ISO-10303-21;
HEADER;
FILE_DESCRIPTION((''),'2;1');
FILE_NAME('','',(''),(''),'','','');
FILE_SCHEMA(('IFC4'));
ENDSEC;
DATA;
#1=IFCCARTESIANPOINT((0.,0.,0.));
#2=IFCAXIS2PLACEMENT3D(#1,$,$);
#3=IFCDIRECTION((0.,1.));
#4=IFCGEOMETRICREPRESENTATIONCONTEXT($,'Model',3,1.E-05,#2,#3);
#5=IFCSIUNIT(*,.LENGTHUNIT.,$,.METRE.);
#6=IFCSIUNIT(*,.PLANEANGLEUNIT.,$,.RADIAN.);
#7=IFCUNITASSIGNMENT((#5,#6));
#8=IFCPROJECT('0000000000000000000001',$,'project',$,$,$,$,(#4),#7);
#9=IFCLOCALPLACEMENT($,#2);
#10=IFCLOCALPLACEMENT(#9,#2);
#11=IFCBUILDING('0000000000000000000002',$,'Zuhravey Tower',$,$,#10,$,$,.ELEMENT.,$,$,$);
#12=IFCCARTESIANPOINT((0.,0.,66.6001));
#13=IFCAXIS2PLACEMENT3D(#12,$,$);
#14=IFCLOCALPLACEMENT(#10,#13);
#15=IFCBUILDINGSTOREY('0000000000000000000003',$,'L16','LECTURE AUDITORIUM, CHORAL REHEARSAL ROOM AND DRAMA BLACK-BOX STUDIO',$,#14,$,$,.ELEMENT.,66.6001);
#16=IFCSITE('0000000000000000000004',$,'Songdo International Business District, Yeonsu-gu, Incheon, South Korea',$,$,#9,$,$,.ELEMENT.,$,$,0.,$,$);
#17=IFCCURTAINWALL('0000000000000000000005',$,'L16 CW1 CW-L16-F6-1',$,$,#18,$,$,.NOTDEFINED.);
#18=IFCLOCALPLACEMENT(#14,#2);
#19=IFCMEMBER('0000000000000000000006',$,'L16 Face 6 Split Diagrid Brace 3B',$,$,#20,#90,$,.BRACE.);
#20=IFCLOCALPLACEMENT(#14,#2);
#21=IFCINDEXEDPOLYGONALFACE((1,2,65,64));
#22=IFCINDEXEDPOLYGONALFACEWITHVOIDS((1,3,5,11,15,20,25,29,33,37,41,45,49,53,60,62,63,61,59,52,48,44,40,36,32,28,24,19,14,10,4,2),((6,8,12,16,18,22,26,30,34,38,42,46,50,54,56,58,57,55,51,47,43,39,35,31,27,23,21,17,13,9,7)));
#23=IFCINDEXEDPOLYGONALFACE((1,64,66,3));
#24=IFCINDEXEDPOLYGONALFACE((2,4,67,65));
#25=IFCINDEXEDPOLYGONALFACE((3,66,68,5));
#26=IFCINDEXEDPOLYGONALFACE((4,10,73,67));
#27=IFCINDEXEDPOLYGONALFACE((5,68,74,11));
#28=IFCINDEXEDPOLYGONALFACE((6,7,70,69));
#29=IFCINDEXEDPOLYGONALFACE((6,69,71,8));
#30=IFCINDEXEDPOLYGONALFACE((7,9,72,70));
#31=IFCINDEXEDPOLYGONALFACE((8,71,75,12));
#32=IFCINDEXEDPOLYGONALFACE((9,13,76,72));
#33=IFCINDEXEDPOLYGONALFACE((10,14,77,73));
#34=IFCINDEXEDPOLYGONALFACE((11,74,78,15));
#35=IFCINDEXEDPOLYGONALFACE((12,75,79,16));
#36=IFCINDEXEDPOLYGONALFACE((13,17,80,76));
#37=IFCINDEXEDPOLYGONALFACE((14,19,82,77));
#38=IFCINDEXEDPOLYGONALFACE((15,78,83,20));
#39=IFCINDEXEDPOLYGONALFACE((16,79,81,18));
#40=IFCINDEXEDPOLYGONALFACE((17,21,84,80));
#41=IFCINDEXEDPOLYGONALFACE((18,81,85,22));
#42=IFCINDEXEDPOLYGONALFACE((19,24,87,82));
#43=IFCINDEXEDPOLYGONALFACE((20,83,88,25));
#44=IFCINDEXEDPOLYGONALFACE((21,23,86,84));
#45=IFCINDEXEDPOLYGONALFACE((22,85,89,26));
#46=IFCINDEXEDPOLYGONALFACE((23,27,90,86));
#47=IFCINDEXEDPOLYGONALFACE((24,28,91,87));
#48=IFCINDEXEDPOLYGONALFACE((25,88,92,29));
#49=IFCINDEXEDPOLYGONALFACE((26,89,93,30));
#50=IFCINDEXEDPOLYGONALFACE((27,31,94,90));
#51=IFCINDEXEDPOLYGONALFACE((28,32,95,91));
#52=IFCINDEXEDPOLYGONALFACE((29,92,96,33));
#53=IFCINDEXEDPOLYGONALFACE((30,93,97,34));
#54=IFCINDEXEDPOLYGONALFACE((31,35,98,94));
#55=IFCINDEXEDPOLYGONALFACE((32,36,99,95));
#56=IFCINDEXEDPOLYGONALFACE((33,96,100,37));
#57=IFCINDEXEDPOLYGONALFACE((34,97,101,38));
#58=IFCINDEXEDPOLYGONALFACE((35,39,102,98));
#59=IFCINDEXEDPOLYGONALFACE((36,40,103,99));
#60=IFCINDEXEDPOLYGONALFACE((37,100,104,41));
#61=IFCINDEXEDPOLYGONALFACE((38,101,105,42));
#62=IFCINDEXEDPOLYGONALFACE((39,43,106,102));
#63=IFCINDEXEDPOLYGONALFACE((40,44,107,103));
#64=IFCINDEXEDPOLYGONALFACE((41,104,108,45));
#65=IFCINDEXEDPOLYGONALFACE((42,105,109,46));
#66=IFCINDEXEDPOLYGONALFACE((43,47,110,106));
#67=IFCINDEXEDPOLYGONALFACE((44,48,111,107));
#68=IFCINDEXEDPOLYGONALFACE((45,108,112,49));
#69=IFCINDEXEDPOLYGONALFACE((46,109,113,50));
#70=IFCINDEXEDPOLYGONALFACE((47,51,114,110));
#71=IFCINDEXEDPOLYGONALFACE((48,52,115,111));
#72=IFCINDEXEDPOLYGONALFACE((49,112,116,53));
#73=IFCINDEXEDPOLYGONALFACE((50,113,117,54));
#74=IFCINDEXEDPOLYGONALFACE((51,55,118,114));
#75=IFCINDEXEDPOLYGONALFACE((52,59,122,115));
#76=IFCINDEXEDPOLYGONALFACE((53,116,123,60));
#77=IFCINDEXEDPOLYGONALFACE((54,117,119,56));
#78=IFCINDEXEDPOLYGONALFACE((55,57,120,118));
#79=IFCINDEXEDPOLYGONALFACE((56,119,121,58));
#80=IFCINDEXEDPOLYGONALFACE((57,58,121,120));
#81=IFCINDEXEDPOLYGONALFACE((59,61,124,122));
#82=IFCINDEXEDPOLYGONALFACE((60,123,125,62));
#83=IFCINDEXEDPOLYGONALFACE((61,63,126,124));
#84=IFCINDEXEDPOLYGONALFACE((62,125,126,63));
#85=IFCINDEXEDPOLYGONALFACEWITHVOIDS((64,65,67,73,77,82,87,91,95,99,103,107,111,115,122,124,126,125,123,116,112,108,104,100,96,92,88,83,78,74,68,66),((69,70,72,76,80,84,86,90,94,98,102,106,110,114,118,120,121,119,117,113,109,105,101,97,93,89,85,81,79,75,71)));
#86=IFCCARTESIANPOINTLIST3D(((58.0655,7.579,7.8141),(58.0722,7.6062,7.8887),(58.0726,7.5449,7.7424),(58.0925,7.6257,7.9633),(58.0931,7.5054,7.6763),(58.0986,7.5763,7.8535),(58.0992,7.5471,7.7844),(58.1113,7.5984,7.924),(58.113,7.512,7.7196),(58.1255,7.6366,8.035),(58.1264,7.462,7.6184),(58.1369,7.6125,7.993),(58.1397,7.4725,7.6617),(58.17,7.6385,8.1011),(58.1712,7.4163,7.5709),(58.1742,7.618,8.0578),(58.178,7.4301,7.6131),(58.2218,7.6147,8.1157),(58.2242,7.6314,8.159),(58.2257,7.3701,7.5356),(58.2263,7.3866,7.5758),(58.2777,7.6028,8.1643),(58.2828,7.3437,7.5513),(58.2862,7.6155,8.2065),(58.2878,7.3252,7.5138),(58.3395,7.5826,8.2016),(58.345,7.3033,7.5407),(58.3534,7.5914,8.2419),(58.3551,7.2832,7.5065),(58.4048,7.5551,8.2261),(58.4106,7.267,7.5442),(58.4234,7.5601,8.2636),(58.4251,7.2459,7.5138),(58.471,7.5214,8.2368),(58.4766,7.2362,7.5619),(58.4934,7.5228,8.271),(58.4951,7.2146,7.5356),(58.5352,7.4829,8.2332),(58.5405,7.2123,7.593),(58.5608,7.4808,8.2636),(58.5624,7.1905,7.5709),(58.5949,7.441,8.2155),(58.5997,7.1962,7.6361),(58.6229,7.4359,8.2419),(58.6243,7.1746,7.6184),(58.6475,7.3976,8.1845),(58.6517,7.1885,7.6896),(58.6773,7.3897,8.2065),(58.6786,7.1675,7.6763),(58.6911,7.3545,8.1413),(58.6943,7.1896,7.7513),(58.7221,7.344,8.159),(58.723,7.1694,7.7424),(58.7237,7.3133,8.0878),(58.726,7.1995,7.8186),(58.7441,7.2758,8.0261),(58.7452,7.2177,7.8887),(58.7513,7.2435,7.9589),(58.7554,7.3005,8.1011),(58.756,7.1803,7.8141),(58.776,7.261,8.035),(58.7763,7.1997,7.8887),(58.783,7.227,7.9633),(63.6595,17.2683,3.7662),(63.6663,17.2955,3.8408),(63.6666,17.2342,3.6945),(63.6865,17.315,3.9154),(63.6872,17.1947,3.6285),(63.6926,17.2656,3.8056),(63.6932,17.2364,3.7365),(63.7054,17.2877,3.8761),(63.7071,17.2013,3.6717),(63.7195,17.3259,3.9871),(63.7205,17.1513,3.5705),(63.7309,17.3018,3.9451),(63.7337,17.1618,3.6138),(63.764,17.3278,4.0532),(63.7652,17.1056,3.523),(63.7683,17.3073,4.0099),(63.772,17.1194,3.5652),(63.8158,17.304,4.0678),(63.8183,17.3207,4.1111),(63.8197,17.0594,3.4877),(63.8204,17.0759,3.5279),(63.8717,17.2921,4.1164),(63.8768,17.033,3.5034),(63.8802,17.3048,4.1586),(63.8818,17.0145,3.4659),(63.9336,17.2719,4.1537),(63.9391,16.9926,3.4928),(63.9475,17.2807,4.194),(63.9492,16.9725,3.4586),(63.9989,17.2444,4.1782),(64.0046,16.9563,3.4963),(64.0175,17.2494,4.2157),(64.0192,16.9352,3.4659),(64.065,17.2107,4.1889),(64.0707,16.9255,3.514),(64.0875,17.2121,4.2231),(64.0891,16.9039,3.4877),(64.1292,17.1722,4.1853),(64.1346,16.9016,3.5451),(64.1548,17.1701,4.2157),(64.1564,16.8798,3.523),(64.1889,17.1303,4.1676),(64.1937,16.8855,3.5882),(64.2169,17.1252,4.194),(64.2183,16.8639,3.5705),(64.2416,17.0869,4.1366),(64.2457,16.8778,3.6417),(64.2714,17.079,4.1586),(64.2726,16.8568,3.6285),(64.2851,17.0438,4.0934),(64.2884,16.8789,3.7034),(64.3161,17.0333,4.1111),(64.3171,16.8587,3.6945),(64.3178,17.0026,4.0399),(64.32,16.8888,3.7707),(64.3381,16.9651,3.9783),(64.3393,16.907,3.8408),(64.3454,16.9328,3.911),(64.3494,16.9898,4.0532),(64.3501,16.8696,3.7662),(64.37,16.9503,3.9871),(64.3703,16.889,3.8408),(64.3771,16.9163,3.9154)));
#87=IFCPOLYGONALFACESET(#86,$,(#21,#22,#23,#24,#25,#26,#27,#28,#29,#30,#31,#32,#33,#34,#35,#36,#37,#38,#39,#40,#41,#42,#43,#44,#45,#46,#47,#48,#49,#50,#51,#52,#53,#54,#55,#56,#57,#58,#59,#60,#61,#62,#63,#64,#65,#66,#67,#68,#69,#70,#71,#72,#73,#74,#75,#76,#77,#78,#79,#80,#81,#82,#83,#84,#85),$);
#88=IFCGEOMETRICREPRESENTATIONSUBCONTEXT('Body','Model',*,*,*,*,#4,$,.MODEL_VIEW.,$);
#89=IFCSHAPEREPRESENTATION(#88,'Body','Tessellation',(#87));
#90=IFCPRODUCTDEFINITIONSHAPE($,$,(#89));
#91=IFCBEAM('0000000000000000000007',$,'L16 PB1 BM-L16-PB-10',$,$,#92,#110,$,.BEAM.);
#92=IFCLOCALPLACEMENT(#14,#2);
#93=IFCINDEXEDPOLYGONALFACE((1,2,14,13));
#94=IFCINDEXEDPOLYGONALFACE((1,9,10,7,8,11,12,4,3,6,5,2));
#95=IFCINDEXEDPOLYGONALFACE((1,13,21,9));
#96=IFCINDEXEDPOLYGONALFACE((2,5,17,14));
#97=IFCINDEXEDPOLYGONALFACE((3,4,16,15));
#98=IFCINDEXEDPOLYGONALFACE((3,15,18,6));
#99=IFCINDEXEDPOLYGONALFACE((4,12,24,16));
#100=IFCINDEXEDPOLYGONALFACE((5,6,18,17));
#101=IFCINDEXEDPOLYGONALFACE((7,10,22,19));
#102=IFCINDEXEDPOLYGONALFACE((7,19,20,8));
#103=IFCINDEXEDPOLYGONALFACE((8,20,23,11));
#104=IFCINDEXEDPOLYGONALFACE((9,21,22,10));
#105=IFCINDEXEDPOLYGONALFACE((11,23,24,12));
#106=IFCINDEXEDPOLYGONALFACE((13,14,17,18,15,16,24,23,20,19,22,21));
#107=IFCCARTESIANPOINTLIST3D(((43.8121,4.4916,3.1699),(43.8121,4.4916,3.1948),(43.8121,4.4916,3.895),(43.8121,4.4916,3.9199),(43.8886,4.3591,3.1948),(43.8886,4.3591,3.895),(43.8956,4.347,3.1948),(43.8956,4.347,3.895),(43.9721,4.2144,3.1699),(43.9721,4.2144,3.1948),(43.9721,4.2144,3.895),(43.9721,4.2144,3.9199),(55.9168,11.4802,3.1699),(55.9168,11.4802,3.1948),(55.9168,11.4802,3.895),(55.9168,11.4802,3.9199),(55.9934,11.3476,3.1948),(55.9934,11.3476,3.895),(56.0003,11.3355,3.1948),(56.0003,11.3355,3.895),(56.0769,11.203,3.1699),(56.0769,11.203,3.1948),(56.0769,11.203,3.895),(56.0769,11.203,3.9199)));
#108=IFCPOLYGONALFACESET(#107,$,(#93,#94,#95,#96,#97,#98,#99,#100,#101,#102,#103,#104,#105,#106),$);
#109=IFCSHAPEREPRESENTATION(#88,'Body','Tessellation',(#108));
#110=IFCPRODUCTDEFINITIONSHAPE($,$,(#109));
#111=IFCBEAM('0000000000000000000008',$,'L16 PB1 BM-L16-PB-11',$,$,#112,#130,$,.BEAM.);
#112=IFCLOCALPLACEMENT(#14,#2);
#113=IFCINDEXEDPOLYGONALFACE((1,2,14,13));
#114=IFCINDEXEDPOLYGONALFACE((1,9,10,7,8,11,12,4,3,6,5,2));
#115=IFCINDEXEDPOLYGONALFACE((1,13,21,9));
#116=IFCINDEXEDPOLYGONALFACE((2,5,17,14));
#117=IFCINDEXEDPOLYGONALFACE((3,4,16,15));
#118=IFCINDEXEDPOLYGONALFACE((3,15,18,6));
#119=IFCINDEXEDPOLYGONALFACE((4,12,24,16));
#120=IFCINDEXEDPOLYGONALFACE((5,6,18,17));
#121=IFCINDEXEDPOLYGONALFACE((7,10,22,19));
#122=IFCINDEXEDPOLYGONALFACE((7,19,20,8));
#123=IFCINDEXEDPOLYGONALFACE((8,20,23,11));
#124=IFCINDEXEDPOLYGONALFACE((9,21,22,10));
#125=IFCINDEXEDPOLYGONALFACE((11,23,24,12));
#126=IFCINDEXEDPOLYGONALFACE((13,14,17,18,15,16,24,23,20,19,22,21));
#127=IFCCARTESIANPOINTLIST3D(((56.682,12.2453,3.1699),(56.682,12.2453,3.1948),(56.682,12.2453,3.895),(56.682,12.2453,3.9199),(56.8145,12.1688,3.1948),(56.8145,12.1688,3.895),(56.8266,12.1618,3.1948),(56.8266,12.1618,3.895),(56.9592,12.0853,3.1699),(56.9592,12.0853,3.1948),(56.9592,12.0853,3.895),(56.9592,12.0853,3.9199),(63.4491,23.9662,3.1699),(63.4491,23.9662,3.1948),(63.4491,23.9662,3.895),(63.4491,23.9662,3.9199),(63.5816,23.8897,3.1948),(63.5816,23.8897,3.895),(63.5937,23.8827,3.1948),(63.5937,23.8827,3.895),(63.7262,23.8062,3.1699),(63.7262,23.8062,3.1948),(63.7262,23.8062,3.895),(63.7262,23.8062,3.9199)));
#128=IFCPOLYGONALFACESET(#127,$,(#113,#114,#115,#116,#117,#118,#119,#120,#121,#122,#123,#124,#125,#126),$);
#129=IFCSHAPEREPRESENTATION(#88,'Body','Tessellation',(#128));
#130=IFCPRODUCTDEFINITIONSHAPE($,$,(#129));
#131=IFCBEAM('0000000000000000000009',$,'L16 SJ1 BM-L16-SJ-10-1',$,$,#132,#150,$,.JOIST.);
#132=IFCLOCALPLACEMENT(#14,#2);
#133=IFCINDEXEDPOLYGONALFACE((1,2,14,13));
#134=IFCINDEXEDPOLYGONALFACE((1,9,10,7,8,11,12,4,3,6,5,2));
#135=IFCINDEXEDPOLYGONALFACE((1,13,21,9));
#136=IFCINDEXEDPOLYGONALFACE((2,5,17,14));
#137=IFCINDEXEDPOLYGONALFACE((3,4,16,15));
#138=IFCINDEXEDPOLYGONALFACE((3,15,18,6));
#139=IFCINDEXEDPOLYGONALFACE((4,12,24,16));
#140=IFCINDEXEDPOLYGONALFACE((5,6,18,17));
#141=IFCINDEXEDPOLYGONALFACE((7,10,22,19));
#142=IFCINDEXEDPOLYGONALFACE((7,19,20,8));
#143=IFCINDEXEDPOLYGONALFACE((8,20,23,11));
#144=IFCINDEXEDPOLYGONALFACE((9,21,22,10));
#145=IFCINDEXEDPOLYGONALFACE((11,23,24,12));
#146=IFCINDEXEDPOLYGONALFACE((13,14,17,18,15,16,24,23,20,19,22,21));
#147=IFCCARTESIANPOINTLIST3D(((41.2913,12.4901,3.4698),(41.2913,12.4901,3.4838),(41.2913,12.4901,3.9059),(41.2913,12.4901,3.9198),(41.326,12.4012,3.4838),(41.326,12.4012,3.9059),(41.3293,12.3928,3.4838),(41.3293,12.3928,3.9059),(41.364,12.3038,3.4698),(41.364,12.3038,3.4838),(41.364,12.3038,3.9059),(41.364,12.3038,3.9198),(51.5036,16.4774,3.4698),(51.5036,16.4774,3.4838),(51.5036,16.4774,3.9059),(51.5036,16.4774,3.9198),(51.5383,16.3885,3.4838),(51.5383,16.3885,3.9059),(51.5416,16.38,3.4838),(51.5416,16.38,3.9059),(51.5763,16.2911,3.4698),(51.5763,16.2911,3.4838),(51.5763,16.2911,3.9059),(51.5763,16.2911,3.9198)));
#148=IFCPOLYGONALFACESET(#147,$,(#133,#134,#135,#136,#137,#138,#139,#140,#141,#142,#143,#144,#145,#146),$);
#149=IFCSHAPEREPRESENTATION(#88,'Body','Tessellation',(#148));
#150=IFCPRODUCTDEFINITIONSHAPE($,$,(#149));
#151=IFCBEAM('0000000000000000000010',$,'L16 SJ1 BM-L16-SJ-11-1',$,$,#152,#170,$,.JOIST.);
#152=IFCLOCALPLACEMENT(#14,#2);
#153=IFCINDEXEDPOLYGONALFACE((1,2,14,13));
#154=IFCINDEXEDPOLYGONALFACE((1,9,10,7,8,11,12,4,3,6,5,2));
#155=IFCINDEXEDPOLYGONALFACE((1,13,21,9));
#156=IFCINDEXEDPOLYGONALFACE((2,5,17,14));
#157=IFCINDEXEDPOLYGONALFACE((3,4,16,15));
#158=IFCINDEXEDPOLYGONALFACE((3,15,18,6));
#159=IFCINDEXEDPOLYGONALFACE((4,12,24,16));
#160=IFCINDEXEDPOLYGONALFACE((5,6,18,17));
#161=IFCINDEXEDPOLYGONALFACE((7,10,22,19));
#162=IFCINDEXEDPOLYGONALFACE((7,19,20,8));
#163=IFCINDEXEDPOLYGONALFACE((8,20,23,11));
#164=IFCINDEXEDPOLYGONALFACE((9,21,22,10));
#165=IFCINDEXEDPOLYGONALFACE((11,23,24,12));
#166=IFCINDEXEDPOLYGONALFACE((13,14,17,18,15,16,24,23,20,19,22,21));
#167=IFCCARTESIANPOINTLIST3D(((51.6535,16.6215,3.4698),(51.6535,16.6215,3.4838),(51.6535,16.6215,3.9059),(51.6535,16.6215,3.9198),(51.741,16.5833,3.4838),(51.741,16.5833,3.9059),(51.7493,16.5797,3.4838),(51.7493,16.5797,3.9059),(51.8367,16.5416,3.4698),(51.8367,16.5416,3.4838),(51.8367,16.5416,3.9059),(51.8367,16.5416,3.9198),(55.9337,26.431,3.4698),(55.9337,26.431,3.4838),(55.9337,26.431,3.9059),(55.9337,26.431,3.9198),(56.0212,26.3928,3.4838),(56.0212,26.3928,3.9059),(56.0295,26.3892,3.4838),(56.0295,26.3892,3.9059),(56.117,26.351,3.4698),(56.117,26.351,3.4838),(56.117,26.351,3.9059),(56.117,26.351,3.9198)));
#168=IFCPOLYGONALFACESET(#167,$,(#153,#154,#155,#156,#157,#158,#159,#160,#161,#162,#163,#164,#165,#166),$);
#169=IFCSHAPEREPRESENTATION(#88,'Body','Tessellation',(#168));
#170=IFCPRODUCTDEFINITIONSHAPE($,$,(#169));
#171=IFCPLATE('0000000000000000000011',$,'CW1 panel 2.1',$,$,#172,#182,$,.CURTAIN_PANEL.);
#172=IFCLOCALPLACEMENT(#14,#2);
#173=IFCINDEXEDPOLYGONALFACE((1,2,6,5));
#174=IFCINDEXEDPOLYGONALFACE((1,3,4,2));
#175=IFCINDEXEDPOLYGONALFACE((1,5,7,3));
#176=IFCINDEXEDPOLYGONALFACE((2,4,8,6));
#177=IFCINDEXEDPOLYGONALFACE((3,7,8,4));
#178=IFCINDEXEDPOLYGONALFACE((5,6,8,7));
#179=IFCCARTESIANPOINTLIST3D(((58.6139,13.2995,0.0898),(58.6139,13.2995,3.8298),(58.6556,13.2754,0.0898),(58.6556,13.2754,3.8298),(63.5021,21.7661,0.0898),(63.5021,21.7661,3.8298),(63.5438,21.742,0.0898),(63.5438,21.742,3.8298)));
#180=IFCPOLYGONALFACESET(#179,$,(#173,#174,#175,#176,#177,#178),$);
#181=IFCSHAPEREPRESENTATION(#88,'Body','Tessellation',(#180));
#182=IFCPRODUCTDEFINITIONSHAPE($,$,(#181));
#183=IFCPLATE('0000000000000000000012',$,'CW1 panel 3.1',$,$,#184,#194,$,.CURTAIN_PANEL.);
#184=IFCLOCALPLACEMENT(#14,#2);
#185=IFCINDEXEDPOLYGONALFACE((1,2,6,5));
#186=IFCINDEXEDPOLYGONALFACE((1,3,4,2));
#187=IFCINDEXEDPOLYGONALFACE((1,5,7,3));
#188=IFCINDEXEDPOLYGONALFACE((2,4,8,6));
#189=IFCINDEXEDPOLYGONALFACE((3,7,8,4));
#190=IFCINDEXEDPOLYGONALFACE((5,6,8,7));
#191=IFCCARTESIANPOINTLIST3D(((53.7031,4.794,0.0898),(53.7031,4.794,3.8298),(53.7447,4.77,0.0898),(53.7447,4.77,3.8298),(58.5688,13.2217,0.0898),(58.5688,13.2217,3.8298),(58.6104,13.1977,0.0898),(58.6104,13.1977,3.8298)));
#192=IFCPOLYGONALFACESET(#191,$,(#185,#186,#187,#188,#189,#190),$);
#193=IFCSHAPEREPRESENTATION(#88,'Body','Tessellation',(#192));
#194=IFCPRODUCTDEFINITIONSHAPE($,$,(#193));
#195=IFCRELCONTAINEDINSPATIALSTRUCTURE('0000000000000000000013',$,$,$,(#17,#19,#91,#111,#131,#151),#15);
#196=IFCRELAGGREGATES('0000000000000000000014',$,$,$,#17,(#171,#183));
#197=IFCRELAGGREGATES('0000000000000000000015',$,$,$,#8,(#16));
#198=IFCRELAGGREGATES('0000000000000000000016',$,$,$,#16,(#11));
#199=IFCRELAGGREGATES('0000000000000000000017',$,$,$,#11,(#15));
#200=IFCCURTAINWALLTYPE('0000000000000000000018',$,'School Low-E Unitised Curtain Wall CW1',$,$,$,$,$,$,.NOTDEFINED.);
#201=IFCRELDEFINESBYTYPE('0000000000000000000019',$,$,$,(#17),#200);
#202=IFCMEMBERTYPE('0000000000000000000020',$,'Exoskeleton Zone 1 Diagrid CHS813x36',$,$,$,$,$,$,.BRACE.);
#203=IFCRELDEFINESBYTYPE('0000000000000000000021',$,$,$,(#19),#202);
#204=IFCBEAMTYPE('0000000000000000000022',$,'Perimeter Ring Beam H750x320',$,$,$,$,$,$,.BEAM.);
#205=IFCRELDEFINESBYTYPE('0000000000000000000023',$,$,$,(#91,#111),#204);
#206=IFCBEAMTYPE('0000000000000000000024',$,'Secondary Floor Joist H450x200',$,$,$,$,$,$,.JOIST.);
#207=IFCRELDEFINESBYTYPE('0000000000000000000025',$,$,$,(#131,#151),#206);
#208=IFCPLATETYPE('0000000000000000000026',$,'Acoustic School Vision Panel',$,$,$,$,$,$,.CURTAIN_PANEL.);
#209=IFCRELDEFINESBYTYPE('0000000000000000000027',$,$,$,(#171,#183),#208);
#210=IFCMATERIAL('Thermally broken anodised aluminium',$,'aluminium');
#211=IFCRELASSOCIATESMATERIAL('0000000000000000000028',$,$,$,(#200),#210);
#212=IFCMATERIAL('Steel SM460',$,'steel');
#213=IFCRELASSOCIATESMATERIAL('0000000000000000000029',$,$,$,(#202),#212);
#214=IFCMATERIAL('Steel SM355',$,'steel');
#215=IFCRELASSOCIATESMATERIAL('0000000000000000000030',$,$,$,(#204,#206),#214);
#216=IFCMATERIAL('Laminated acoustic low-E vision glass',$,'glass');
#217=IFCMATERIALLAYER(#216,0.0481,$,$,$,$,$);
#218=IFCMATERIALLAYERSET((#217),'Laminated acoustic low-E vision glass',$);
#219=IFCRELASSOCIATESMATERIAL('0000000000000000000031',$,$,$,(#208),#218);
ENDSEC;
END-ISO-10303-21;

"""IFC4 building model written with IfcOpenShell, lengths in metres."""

from ifc_helpers import new_model, si_unit, direction, frame, origin, origin_2d, place, context, subcontext, project, spatial, rectangle, hollow_circle, i_section, extrude, material, layer, layer_set, material_profile, profile_set, type_object, element, aggregate, save


model = new_model("IFC4")

# Units and contexts
model_context = context("Model", 3, precision=1e-05, world=origin(), true_north=direction((0.0, 1.0)))
body_context = subcontext(model_context, "Body", "Model", "MODEL_VIEW")
ifc_project = project(units=[si_unit("LENGTHUNIT", "METRE"), si_unit("PLANEANGLEUNIT", "RADIAN")], contexts=[model_context])

# Site, building, storey
site_placement = place(None, origin())
site = spatial("IfcSite", under=ifc_project, at=site_placement, Name="Songdo International Business District, Yeonsu-gu, Incheon, South Korea", CompositionType="ELEMENT", RefElevation=0.0)
building_placement = place(site_placement, origin())
building = spatial("IfcBuilding", under=site, at=building_placement, Name="Zuhravey Tower", CompositionType="ELEMENT")
storey_placement = place(building_placement, frame((0.0, 0.0, 66.6001)))
storey = spatial("IfcBuildingStorey", under=building, at=storey_placement, Name="L16", Description="LECTURE AUDITORIUM, CHORAL REHEARSAL ROOM AND DRAMA BLACK-BOX STUDIO", CompositionType="ELEMENT", Elevation=66.6001)

# Curtain wall
ifc_material_1 = material(Name="Thermally broken anodised aluminium", Category="aluminium")
curtain_wall_type = type_object("IfcCurtainWallType", Name="School Low-E Unitised Curtain Wall CW1", PredefinedType="NOTDEFINED", material=ifc_material_1)
curtain_wall_1_placement = place(storey_placement, origin())
curtain_wall_1 = element("IfcCurtainWall", 1, at=curtain_wall_1_placement, inside=storey, type_object=curtain_wall_type, Name="L16 CW1 CW-L16-F6-1", PredefinedType="NOTDEFINED")

# Member
ifc_material_2 = material(Name="Steel SM355", Category="steel")
ifc_material_3 = material(Name="Steel SM460", Category="steel")
ifc_material_profile_1 = material_profile(ifc_material_3, hollow_circle(Radius=0.4065, WallThickness=0.0359, at=origin_2d()), Name="CHS-812.8x36")
ifc_profile_set_1 = profile_set([ifc_material_profile_1], Name="Steel SM460")
member_type_1 = type_object("IfcMemberType", Name="Exoskeleton Zone 1 Diagrid CHS813x36", PredefinedType="BRACE", material=ifc_profile_set_1)
member_1_placement = place(storey_placement, frame((64.0183, 17.0923, 3.8408), z_axis=(-0.470169, -0.814367, 0.340217), x_axis=(0.866028, -0.499995, 0.0)))
element("IfcMember", 2, at=member_1_placement, inside=storey, type_object=member_type_1, Name="L16 Face 6 Split Diagrid Brace 3B", PredefinedType="BRACE", context=body_context, shape_type="SweptSolid", body=[
    extrude(hollow_circle(Radius=0.4065, WallThickness=0.0359, at=origin_2d()), origin(), (0.0, 0.0, 1.0), 11.8979),
])

# Beams
ifc_material_profile_2 = material_profile(ifc_material_2, i_section(OverallWidth=0.3201, OverallDepth=0.75, WebThickness=0.0139, FlangeThickness=0.0249, at=origin_2d()), Name="H-750x320x14x25")
ifc_profile_set_2 = profile_set([ifc_material_profile_2], Name="Steel SM355")
beam_type_1 = type_object("IfcBeamType", Name="Perimeter Ring Beam H750x320", PredefinedType="BEAM", material=ifc_profile_set_2)
beam_1_placement = place(storey_placement, frame((43.8921, 4.353, 3.5449), z_axis=(0.86603, 0.499992, 0.0), x_axis=(-0.499992, 0.86603, 0.0)))
element("IfcBeam", 3, at=beam_1_placement, inside=storey, type_object=beam_type_1, Name="L16 PB1 BM-L16-PB-10", PredefinedType="BEAM", context=body_context, shape_type="SweptSolid", body=[
    extrude(i_section(OverallWidth=0.3201, OverallDepth=0.75, WebThickness=0.0139, FlangeThickness=0.0249, at=origin_2d()), origin(), (0.0, 0.0, 1.0), 13.9773),
])
beam_2_placement = place(storey_placement, frame((56.8206, 12.1653, 3.5449), z_axis=(0.5, 0.866025, 0.0), x_axis=(-0.866025, 0.5, 0.0)))
element("IfcBeam", 4, at=beam_2_placement, inside=storey, type_object=beam_type_1, Name="L16 PB1 BM-L16-PB-11", PredefinedType="BEAM", context=body_context, shape_type="SweptSolid", body=[
    extrude(i_section(OverallWidth=0.3201, OverallDepth=0.75, WebThickness=0.0139, FlangeThickness=0.0249, at=origin_2d()), origin(), (0.0, 0.0, 1.0), 13.5342),
])
ifc_material_profile_3 = material_profile(ifc_material_2, i_section(OverallWidth=0.2, OverallDepth=0.45, WebThickness=0.009, FlangeThickness=0.0139, at=origin_2d()), Name="H-450x200x9x14")
ifc_profile_set_3 = profile_set([ifc_material_profile_3], Name="Steel SM355")
beam_type_2 = type_object("IfcBeamType", Name="Secondary Floor Joist H450x200", PredefinedType="JOIST", material=ifc_profile_set_3)
beam_3_placement = place(storey_placement, frame((41.3276, 12.397, 3.6948), z_axis=(0.931517, 0.363699, 0.0), x_axis=(-0.363699, 0.931517, 0.0)))
element("IfcBeam", 5, at=beam_3_placement, inside=storey, type_object=beam_type_2, Name="L16 SJ1 BM-L16-SJ-10-1", PredefinedType="JOIST", context=body_context, shape_type="SweptSolid", body=[
    extrude(i_section(OverallWidth=0.2, OverallDepth=0.45, WebThickness=0.009, FlangeThickness=0.0139, at=origin_2d()), origin(), (0.0, 0.0, 1.0), 10.9631),
])
beam_4_placement = place(storey_placement, frame((51.7451, 16.5815, 3.6948), z_axis=(0.399924, 0.916549, 0.0), x_axis=(-0.916549, 0.399924, 0.0)))
element("IfcBeam", 6, at=beam_4_placement, inside=storey, type_object=beam_type_2, Name="L16 SJ1 BM-L16-SJ-11-1", PredefinedType="JOIST", context=body_context, shape_type="SweptSolid", body=[
    extrude(i_section(OverallWidth=0.2, OverallDepth=0.45, WebThickness=0.009, FlangeThickness=0.0139, at=origin_2d()), origin(), (0.0, 0.0, 1.0), 10.7026),
])

# Plates
ifc_material_4 = material(Name="Laminated acoustic low-E vision glass", Category="glass")
ifc_layer_1 = layer(ifc_material_4, 0.0481)
ifc_layer_set_1 = layer_set([ifc_layer_1], Name="Laminated acoustic low-E vision glass")
plate_type_1 = type_object("IfcPlateType", Name="Acoustic School Vision Panel", PredefinedType="CURTAIN_PANEL", material=ifc_layer_set_1)
plate_1_placement = place(storey_placement, frame((61.0789, 17.5208, 0.0898), z_axis=(0.0, 0.0, 1.0), x_axis=(-0.5, -0.866026, 0.0)))
plate_1 = element("IfcPlate", 7, at=plate_1_placement, type_object=plate_type_1, Name="CW1 panel 2.1", PredefinedType="CURTAIN_PANEL", context=body_context, shape_type="SweptSolid", body=[
    extrude(rectangle(XDim=9.7764, YDim=0.0481, at=origin_2d()), origin(), (0.0, 0.0, 1.0), 3.74),
])
plate_2_placement = place(storey_placement, frame((56.1567, 8.9958, 0.0898), z_axis=(0.0, 0.0, 1.0), x_axis=(-0.5, -0.866026, 0.0)))
plate_2 = element("IfcPlate", 8, at=plate_2_placement, type_object=plate_type_1, Name="CW1 panel 3.1", PredefinedType="CURTAIN_PANEL", context=body_context, shape_type="SweptSolid", body=[
    extrude(rectangle(XDim=9.7314, YDim=0.0481, at=origin_2d()), origin(), (0.0, 0.0, 1.0), 3.74),
])
aggregate(curtain_wall_1, [plate_1, plate_2])

save(model, "model.ifc")
